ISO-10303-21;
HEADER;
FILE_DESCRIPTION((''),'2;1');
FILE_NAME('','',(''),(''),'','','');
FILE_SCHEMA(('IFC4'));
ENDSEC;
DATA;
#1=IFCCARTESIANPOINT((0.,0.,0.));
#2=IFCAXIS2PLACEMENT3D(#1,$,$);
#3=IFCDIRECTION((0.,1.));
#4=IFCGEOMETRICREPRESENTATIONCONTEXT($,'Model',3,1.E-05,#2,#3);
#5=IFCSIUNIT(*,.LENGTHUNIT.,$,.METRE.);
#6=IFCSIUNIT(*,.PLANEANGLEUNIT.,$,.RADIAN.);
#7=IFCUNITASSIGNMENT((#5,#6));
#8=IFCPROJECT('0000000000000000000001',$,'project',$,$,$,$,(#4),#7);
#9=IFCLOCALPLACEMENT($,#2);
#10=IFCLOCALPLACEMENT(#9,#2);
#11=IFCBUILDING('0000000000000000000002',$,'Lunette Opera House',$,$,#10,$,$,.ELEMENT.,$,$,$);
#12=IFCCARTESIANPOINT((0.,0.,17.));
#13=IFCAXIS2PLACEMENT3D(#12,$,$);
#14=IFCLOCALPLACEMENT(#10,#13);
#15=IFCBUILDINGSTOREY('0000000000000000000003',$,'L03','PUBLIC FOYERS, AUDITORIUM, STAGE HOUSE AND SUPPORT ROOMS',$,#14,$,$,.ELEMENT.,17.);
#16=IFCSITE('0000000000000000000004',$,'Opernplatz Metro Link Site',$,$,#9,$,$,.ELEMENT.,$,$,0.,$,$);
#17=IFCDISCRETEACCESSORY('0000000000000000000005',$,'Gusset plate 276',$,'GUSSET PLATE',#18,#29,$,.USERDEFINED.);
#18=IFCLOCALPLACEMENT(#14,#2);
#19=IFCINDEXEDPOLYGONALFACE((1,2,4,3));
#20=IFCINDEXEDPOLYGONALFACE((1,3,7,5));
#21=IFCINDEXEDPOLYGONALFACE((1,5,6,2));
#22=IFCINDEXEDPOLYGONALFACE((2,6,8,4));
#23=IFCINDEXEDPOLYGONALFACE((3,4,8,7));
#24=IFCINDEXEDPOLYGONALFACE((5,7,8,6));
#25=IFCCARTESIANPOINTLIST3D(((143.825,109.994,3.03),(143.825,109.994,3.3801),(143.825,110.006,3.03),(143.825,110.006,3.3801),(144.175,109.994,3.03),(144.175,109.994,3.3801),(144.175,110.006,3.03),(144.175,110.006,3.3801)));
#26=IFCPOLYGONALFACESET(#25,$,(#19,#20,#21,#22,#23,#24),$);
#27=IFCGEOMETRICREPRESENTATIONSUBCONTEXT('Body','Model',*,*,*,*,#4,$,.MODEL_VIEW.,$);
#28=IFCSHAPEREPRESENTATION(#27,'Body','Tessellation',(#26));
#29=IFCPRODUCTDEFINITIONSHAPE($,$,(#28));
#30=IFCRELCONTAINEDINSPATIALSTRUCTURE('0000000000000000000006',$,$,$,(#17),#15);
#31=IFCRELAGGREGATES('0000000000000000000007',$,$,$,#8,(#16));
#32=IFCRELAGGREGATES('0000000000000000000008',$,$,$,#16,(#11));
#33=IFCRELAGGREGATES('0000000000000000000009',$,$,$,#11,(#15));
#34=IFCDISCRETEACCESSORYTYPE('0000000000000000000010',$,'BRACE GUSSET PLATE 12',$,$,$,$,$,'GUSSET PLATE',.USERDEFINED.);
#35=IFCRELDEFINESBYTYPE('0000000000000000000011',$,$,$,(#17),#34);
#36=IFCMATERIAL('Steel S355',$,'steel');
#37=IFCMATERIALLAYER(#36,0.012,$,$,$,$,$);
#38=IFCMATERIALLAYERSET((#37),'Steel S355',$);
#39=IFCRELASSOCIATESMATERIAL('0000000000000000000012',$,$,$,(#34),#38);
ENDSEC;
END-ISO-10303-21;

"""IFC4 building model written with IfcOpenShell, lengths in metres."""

from ifc_helpers import new_model, si_unit, direction, frame, origin, origin_2d, place, context, subcontext, project, spatial, rectangle, extrude, material, layer, layer_set, type_object, element, save


model = new_model("IFC4")

# Units and contexts
model_context = context("Model", 3, precision=1e-05, world=origin(), true_north=direction((0.0, 1.0)))
body_context = subcontext(model_context, "Body", "Model", "MODEL_VIEW")
ifc_project = project(units=[si_unit("LENGTHUNIT", "METRE"), si_unit("PLANEANGLEUNIT", "RADIAN")], contexts=[model_context])

# Site, building, storey
site_placement = place(None, origin())
site = spatial("IfcSite", under=ifc_project, at=site_placement, Name="Opernplatz Metro Link Site", CompositionType="ELEMENT", RefElevation=0.0)
building_placement = place(site_placement, origin())
building = spatial("IfcBuilding", under=site, at=building_placement, Name="Lunette Opera House", CompositionType="ELEMENT")
storey_placement = place(building_placement, frame((0.0, 0.0, 17.0)))
storey = spatial("IfcBuildingStorey", under=building, at=storey_placement, Name="L03", Description="PUBLIC FOYERS, AUDITORIUM, STAGE HOUSE AND SUPPORT ROOMS", CompositionType="ELEMENT", Elevation=17.0)

# Discrete accessory
ifc_material_1 = material(Name="Steel S355", Category="steel")
ifc_layer_1 = layer(ifc_material_1, 0.012)
ifc_layer_set_1 = layer_set([ifc_layer_1], Name="Steel S355")
discrete_accessory_type = type_object("IfcDiscreteAccessoryType", Name="BRACE GUSSET PLATE 12", ElementType="GUSSET PLATE", PredefinedType="USERDEFINED", material=ifc_layer_set_1)
for number, where, z_axis, x_axis, name in (
    (1, (144.0, 110.0, 3.03), (0.0, 0.0, 1.0), (1.0, 0.0, 0.0), "Gusset plate 276"),
):
    element("IfcDiscreteAccessory", number, at=place(storey_placement, frame(where, z_axis=z_axis, x_axis=x_axis)), inside=storey, type_object=discrete_accessory_type, Name=name, ObjectType="GUSSET PLATE", PredefinedType="USERDEFINED", context=body_context, shape_type="SweptSolid", body=[
        extrude(rectangle(XDim=0.3501, YDim=0.012, at=origin_2d()), origin(), (0.0, 0.0, 1.0), 0.3501),
    ])

save(model, "model.ifc")
